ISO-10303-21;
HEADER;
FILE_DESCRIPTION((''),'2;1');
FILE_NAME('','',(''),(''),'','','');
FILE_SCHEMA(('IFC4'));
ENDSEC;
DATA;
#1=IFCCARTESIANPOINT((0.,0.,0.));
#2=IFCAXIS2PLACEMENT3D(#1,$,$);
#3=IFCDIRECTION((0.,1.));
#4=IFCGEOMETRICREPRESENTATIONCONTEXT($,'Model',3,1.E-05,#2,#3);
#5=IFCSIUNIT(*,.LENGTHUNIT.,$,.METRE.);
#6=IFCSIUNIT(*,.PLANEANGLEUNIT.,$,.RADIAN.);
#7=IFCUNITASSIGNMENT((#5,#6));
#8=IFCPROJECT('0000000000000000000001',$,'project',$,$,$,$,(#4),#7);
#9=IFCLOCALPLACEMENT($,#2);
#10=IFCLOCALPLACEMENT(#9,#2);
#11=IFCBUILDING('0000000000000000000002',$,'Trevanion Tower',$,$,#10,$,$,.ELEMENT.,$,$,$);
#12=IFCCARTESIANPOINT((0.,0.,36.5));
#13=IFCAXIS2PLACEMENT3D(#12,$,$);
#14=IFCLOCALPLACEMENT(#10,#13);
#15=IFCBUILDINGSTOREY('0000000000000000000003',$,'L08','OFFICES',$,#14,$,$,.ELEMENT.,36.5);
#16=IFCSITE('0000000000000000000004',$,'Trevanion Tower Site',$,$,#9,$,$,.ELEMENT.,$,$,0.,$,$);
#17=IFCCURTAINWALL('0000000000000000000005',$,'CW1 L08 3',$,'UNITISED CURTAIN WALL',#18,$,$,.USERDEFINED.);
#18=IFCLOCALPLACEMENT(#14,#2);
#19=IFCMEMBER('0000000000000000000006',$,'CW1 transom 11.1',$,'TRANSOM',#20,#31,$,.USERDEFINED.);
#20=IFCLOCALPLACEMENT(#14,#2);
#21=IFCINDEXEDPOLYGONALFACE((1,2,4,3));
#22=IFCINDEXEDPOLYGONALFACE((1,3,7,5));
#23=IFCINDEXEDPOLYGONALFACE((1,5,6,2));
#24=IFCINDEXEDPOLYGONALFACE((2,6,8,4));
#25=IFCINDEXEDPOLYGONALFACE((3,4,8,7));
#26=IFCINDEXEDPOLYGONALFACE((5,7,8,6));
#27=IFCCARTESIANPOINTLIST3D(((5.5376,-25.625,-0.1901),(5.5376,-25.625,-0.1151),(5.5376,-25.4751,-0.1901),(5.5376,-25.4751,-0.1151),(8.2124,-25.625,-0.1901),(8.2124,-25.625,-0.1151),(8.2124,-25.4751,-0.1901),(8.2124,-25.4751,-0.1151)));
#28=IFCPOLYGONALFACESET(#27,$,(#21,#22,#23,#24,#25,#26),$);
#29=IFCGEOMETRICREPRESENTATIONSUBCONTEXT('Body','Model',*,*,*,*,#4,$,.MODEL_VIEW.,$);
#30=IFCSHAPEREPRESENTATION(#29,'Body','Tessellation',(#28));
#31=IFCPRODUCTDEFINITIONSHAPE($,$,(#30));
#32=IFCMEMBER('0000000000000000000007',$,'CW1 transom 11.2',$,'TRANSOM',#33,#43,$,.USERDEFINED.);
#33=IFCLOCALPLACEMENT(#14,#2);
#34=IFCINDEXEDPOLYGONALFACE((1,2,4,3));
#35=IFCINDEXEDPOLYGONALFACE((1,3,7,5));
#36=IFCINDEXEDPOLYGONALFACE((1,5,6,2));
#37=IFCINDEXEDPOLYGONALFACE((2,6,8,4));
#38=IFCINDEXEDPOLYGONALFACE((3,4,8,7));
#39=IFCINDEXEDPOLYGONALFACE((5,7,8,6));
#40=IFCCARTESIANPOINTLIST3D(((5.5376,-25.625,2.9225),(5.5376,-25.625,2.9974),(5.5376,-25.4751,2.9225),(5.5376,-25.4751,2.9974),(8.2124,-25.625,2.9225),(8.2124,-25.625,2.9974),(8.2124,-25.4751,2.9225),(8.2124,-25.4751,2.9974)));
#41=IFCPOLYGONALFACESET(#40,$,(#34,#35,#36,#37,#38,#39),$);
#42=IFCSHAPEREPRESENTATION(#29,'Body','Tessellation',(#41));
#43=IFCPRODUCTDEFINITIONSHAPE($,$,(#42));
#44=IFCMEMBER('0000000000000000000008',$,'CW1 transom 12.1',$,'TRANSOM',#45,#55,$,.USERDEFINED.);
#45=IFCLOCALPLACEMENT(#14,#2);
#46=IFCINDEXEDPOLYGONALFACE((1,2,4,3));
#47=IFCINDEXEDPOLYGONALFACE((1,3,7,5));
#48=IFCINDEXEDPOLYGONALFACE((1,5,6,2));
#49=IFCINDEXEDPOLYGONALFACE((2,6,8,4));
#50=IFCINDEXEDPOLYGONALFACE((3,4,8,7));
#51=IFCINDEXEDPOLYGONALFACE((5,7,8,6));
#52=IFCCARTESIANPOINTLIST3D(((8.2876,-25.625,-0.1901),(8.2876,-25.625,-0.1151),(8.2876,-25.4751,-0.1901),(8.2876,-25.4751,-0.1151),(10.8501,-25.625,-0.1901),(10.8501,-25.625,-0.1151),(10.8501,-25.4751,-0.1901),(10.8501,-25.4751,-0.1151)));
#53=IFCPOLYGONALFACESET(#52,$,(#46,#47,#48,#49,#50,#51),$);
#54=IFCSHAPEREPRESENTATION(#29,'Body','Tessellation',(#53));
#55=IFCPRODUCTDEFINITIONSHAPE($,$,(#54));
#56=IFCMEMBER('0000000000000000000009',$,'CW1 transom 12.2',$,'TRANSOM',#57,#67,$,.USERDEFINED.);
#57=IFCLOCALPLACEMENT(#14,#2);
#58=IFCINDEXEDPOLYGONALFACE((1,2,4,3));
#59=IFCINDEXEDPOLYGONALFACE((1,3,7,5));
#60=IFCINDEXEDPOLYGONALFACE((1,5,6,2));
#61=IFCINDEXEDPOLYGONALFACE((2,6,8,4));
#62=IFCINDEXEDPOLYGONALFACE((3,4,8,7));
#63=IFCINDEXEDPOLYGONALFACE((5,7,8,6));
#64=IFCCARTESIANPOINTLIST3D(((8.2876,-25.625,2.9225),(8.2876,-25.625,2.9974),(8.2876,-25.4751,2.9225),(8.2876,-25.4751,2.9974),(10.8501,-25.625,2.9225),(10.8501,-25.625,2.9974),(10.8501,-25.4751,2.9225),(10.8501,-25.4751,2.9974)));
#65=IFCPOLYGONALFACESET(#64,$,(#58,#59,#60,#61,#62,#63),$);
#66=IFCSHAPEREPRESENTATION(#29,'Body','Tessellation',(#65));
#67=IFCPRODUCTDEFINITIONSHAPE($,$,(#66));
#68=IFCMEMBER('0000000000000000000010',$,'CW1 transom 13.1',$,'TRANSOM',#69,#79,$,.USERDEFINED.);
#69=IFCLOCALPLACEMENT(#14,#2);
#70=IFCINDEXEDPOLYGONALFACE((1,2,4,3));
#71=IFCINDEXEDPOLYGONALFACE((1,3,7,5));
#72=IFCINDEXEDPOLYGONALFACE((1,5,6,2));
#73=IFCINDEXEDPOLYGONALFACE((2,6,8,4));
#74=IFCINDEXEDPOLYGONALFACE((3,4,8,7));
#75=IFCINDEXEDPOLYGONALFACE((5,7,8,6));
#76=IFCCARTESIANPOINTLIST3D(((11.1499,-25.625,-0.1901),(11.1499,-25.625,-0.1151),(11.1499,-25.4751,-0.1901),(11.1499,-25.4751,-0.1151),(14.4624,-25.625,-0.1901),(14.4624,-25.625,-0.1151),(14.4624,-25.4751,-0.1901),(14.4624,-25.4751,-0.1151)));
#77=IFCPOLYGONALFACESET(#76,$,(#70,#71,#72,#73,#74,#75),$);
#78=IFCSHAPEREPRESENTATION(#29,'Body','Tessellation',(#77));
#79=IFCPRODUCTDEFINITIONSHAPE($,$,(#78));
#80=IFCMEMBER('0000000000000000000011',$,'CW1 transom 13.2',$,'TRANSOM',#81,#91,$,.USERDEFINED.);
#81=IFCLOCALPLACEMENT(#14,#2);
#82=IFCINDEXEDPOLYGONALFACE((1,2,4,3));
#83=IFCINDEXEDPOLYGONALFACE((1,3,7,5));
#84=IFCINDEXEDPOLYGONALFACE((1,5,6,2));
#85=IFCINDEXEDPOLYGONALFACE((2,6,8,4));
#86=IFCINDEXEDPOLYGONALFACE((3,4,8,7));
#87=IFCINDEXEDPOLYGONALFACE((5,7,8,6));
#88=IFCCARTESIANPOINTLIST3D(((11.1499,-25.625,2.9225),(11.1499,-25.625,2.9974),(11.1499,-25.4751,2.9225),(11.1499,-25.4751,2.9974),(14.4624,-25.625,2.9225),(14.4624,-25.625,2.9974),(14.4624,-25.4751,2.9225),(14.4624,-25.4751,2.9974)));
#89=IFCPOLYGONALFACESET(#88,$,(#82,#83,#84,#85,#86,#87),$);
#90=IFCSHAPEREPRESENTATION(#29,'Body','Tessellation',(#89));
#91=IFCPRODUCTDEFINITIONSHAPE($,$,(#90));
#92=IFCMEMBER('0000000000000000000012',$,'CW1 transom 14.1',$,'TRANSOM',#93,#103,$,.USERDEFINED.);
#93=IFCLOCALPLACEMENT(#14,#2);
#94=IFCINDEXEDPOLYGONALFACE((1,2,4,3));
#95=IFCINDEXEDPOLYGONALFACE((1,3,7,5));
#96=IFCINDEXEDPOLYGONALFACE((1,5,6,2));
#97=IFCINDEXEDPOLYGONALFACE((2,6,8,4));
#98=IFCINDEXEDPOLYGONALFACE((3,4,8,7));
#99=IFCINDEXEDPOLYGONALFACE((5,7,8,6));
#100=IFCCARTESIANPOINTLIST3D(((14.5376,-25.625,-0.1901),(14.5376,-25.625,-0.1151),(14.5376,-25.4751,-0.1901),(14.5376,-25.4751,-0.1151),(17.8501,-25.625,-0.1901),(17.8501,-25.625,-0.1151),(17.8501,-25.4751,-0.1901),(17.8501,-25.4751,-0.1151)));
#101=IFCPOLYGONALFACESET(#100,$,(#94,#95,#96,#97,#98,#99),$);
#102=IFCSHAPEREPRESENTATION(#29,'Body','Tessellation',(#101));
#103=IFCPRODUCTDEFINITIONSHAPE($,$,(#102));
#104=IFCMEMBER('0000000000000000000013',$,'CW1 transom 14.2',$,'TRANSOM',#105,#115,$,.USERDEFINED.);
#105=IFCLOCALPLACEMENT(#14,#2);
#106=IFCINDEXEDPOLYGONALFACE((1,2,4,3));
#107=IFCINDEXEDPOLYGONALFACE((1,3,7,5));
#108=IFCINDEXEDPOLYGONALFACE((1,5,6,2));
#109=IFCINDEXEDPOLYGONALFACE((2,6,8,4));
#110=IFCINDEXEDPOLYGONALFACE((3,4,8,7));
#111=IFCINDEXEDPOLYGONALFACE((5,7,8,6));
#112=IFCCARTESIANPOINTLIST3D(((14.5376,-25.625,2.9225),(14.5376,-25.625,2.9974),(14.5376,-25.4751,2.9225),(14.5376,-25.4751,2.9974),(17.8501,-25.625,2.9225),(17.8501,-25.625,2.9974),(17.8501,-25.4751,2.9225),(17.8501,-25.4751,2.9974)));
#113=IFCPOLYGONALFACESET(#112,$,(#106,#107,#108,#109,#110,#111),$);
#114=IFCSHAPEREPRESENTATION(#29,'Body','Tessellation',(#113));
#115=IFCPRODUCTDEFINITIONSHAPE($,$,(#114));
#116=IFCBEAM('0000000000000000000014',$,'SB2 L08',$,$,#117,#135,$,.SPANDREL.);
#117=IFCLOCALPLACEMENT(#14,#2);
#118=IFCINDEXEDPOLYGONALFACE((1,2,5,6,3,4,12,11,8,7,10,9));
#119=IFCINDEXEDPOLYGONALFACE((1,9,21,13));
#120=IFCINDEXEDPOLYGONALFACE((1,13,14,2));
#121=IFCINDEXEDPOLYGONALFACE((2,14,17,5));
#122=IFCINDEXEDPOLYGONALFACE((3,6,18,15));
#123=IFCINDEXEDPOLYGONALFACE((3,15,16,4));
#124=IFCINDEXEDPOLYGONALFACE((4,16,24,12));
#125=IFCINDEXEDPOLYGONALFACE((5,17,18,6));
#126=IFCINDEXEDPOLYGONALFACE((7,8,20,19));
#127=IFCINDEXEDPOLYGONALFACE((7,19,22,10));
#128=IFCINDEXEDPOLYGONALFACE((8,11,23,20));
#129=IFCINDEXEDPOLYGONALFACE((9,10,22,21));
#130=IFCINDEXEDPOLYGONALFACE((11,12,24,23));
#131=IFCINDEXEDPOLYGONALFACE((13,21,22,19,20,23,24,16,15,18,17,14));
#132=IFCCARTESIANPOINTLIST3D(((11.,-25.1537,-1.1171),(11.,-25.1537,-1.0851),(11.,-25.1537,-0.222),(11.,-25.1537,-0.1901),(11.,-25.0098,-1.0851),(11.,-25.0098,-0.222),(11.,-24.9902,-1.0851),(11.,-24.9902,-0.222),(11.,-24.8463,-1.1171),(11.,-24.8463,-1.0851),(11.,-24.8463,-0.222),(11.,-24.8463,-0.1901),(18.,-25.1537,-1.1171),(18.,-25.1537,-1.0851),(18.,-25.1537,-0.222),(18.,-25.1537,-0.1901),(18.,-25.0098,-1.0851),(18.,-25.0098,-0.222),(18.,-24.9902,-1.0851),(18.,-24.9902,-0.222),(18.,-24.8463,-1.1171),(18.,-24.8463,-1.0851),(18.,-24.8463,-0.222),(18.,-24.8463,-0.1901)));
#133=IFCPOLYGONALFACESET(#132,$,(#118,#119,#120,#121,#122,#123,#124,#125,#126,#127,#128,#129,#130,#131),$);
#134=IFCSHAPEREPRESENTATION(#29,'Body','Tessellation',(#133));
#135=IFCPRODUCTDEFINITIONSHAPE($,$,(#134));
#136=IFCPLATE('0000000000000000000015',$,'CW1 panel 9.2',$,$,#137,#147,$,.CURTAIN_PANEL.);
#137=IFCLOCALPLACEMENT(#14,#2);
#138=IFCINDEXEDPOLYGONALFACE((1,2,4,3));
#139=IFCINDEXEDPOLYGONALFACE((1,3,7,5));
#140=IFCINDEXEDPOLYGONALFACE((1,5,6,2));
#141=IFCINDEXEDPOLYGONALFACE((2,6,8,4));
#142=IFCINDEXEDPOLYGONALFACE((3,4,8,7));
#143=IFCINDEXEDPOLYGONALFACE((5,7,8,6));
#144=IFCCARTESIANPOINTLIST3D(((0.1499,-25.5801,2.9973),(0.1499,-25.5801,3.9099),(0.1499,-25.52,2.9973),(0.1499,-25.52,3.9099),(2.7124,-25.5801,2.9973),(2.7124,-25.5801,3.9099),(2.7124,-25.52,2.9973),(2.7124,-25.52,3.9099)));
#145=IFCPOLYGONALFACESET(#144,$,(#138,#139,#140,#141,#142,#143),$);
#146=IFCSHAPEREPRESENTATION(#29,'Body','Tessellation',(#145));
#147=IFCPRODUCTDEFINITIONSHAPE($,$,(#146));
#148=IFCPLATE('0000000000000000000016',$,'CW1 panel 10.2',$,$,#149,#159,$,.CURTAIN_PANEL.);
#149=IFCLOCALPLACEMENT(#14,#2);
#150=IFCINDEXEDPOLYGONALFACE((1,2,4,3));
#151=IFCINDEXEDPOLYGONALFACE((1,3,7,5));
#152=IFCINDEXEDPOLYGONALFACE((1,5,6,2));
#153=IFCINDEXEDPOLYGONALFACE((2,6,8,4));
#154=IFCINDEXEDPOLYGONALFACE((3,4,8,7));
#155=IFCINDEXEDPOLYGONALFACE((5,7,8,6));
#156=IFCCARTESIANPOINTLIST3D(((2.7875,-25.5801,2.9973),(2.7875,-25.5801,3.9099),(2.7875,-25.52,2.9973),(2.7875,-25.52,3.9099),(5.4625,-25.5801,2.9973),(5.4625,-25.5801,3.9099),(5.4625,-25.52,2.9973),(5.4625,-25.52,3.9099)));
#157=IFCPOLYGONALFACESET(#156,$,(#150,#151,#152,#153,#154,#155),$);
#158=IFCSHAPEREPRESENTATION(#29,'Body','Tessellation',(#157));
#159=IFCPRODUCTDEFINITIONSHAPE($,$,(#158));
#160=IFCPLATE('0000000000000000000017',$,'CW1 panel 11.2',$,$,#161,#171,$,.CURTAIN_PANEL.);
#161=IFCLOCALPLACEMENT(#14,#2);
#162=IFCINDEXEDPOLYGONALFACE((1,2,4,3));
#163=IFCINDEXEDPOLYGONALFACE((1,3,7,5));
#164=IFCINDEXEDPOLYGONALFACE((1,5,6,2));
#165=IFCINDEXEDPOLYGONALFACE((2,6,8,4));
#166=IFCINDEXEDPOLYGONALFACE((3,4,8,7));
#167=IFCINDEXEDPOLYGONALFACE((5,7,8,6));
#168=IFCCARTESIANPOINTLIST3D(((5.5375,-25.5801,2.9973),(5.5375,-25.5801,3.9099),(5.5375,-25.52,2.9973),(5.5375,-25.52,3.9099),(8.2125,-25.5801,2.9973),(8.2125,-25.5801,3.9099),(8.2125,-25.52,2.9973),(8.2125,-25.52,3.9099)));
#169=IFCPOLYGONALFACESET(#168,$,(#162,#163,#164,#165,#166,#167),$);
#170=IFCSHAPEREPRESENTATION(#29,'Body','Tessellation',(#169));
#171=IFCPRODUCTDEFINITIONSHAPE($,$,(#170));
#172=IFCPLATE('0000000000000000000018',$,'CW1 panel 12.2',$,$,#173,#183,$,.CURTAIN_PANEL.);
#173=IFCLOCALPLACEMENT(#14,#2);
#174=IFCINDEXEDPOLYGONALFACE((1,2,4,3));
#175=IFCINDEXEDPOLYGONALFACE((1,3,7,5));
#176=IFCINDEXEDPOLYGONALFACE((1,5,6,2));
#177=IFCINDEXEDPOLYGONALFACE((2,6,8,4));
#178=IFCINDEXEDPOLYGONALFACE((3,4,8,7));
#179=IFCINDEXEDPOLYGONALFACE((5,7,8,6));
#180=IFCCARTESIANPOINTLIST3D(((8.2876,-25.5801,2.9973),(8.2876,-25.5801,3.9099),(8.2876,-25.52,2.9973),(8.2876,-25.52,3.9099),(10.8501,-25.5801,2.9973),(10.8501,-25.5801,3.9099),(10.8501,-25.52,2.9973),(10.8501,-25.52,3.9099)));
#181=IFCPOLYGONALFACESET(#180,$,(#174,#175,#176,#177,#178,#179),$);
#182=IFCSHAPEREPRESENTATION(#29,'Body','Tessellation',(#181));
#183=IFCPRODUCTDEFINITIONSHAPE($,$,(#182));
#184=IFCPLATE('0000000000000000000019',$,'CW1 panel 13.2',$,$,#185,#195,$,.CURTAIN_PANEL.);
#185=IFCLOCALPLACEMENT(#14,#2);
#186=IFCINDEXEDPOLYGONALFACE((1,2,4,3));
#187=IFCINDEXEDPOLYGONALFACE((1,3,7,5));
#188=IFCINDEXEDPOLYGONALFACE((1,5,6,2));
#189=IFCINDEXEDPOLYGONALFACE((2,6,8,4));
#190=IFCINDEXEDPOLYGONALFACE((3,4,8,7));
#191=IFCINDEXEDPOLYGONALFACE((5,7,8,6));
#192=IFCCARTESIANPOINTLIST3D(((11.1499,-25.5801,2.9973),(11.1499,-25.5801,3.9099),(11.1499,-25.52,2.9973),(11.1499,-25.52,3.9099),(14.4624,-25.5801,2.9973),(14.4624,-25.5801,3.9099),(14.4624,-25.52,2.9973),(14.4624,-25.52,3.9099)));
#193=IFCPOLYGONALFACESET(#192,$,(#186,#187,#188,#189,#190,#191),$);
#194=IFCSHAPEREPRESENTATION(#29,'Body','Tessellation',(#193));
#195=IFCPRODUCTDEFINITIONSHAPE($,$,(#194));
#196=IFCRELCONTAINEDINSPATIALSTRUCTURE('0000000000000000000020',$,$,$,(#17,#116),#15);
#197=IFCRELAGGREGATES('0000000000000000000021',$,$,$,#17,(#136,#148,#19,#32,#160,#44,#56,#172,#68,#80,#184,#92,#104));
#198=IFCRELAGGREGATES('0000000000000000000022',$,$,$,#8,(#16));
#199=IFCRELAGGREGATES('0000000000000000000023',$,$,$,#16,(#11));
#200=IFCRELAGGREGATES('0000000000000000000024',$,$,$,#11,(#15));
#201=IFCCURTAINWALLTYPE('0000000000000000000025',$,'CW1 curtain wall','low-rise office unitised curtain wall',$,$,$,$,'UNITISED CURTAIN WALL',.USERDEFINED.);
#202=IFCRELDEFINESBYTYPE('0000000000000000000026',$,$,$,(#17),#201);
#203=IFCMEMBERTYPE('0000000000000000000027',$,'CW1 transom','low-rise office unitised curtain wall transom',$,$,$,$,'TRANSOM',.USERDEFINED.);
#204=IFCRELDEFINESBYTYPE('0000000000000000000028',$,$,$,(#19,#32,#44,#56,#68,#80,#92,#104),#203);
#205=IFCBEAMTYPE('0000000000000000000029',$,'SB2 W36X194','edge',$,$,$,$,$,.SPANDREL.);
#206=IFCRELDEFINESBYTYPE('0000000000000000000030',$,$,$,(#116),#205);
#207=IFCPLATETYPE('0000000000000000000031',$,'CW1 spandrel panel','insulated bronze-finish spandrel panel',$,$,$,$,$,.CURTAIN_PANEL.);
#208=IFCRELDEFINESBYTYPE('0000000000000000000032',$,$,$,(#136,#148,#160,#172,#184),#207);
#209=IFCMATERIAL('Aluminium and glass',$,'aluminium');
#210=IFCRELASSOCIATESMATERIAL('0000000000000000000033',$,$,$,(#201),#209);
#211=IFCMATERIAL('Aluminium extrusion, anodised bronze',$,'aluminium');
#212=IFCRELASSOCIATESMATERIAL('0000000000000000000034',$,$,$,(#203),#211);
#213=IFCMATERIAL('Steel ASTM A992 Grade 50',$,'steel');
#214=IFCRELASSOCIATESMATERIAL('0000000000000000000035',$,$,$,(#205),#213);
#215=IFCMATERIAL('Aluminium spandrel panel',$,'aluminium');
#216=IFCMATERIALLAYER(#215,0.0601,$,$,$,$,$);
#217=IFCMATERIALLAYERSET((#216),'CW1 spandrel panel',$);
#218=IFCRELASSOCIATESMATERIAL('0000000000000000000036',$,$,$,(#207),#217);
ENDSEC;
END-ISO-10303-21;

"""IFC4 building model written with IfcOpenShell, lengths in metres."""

from ifc_helpers import new_model, si_unit, direction, frame, origin, origin_2d, place, context, subcontext, project, spatial, rectangle, i_section, extrude, material, layer, layer_set, material_profile, profile_set, type_object, element, aggregate, save


model = new_model("IFC4")

# Units and contexts
model_context = context("Model", 3, precision=1e-05, world=origin(), true_north=direction((0.0, 1.0)))
body_context = subcontext(model_context, "Body", "Model", "MODEL_VIEW")
ifc_project = project(units=[si_unit("LENGTHUNIT", "METRE"), si_unit("PLANEANGLEUNIT", "RADIAN")], contexts=[model_context])

# Site, building, storey
site_placement = place(None, origin())
site = spatial("IfcSite", under=ifc_project, at=site_placement, Name="Trevanion Tower Site", CompositionType="ELEMENT", RefElevation=0.0)
building_placement = place(site_placement, origin())
building = spatial("IfcBuilding", under=site, at=building_placement, Name="Trevanion Tower", CompositionType="ELEMENT")
storey_placement = place(building_placement, frame((0.0, 0.0, 36.5)))
storey = spatial("IfcBuildingStorey", under=building, at=storey_placement, Name="L08", Description="OFFICES", CompositionType="ELEMENT", Elevation=36.5)

# Curtain wall, members
ifc_material_1 = material(Name="Aluminium and glass", Category="aluminium")
curtain_wall_type = type_object("IfcCurtainWallType", Name="CW1 curtain wall", Description="low-rise office unitised curtain wall", ElementType="UNITISED CURTAIN WALL", PredefinedType="USERDEFINED", material=ifc_material_1)
curtain_wall_placement = place(storey_placement, origin())
curtain_wall = element("IfcCurtainWall", 1, at=curtain_wall_placement, inside=storey, type_object=curtain_wall_type, Name="CW1 L08 3", ObjectType="UNITISED CURTAIN WALL", PredefinedType="USERDEFINED")
ifc_material_2 = material(Name="Aluminium extrusion, anodised bronze", Category="aluminium")
ifc_material_profile_1 = material_profile(ifc_material_2, rectangle(XDim=0.1499, YDim=0.075, at=origin_2d()), Name="CW1 transom")
ifc_profile_set_1 = profile_set([ifc_material_profile_1], Name="Aluminium extrusion, anodised bronze")
member_type_1 = type_object("IfcMemberType", Name="CW1 transom", Description="low-rise office unitised curtain wall transom", ElementType="TRANSOM", PredefinedType="USERDEFINED", material=ifc_profile_set_1)
member_1_placement = place(storey_placement, frame((5.5376, -25.55, -0.1526), z_axis=(1.0, 0.0, 0.0), x_axis=(0.0, 1.0, 0.0)))
member_1 = element("IfcMember", 2, at=member_1_placement, type_object=member_type_1, Name="CW1 transom 11.1", ObjectType="TRANSOM", PredefinedType="USERDEFINED", context=body_context, shape_type="SweptSolid", body=[
    extrude(rectangle(XDim=0.1499, YDim=0.075, at=origin_2d()), origin(), (0.0, 0.0, 1.0), 2.6748),
])
member_2_placement = place(storey_placement, frame((5.5376, -25.55, 2.96), z_axis=(1.0, 0.0, 0.0), x_axis=(0.0, 1.0, 0.0)))
member_2 = element("IfcMember", 3, at=member_2_placement, type_object=member_type_1, Name="CW1 transom 11.2", ObjectType="TRANSOM", PredefinedType="USERDEFINED", context=body_context, shape_type="SweptSolid", body=[
    extrude(rectangle(XDim=0.1499, YDim=0.075, at=origin_2d()), origin(), (0.0, 0.0, 1.0), 2.6748),
])
member_3_placement = place(storey_placement, frame((8.2876, -25.55, -0.1526), z_axis=(1.0, 0.0, 0.0), x_axis=(0.0, 1.0, 0.0)))
member_3 = element("IfcMember", 4, at=member_3_placement, type_object=member_type_1, Name="CW1 transom 12.1", ObjectType="TRANSOM", PredefinedType="USERDEFINED", context=body_context, shape_type="SweptSolid", body=[
    extrude(rectangle(XDim=0.1499, YDim=0.075, at=origin_2d()), origin(), (0.0, 0.0, 1.0), 2.5625),
])
member_4_placement = place(storey_placement, frame((8.2876, -25.55, 2.96), z_axis=(1.0, 0.0, 0.0), x_axis=(0.0, 1.0, 0.0)))
member_4 = element("IfcMember", 5, at=member_4_placement, type_object=member_type_1, Name="CW1 transom 12.2", ObjectType="TRANSOM", PredefinedType="USERDEFINED", context=body_context, shape_type="SweptSolid", body=[
    extrude(rectangle(XDim=0.1499, YDim=0.075, at=origin_2d()), origin(), (0.0, 0.0, 1.0), 2.5625),
])
member_5_placement = place(storey_placement, frame((11.1499, -25.55, -0.1526), z_axis=(1.0, 0.0, 0.0), x_axis=(0.0, 1.0, 0.0)))
member_5 = element("IfcMember", 6, at=member_5_placement, type_object=member_type_1, Name="CW1 transom 13.1", ObjectType="TRANSOM", PredefinedType="USERDEFINED", context=body_context, shape_type="SweptSolid", body=[
    extrude(rectangle(XDim=0.1499, YDim=0.075, at=origin_2d()), origin(), (0.0, 0.0, 1.0), 3.3125),
])
member_6_placement = place(storey_placement, frame((11.1499, -25.55, 2.96), z_axis=(1.0, 0.0, 0.0), x_axis=(0.0, 1.0, 0.0)))
member_6 = element("IfcMember", 7, at=member_6_placement, type_object=member_type_1, Name="CW1 transom 13.2", ObjectType="TRANSOM", PredefinedType="USERDEFINED", context=body_context, shape_type="SweptSolid", body=[
    extrude(rectangle(XDim=0.1499, YDim=0.075, at=origin_2d()), origin(), (0.0, 0.0, 1.0), 3.3125),
])
member_7_placement = place(storey_placement, frame((14.5376, -25.55, -0.1526), z_axis=(1.0, 0.0, 0.0), x_axis=(0.0, 1.0, 0.0)))
member_7 = element("IfcMember", 8, at=member_7_placement, type_object=member_type_1, Name="CW1 transom 14.1", ObjectType="TRANSOM", PredefinedType="USERDEFINED", context=body_context, shape_type="SweptSolid", body=[
    extrude(rectangle(XDim=0.1499, YDim=0.075, at=origin_2d()), origin(), (0.0, 0.0, 1.0), 3.3125),
])
member_8_placement = place(storey_placement, frame((14.5376, -25.55, 2.96), z_axis=(1.0, 0.0, 0.0), x_axis=(0.0, 1.0, 0.0)))
member_8 = element("IfcMember", 9, at=member_8_placement, type_object=member_type_1, Name="CW1 transom 14.2", ObjectType="TRANSOM", PredefinedType="USERDEFINED", context=body_context, shape_type="SweptSolid", body=[
    extrude(rectangle(XDim=0.1499, YDim=0.075, at=origin_2d()), origin(), (0.0, 0.0, 1.0), 3.3125),
])

# Beam
ifc_material_3 = material(Name="Steel ASTM A992 Grade 50", Category="steel")
ifc_material_profile_2 = material_profile(ifc_material_3, i_section(OverallWidth=0.3074, OverallDepth=0.927, WebThickness=0.0195, FlangeThickness=0.032, at=origin_2d()), Name="W36X194")
ifc_profile_set_2 = profile_set([ifc_material_profile_2], Name="Steel ASTM A992 Grade 50")
beam_type_1 = type_object("IfcBeamType", Name="SB2 W36X194", Description="edge", PredefinedType="SPANDREL", material=ifc_profile_set_2)
beam_placement = place(storey_placement, frame((11.0, -25.0, -0.6536), z_axis=(1.0, 0.0, 0.0), x_axis=(0.0, 1.0, 0.0)))
element("IfcBeam", 10, at=beam_placement, inside=storey, type_object=beam_type_1, Name="SB2 L08", PredefinedType="SPANDREL", context=body_context, shape_type="SweptSolid", body=[
    extrude(i_section(OverallWidth=0.3074, OverallDepth=0.927, WebThickness=0.0195, FlangeThickness=0.032, at=origin_2d()), origin(), (0.0, 0.0, 1.0), 7.0),
])

# Plates
ifc_material_4 = material(Name="Aluminium spandrel panel", Category="aluminium")
ifc_layer_1 = layer(ifc_material_4, 0.0601)
ifc_layer_set_1 = layer_set([ifc_layer_1], Name="CW1 spandrel panel")
plate_type_1 = type_object("IfcPlateType", Name="CW1 spandrel panel", Description="insulated bronze-finish spandrel panel", PredefinedType="CURTAIN_PANEL", material=ifc_layer_set_1)
plate_1_placement = place(storey_placement, frame((1.4312, -25.55, 2.9973), z_axis=(0.0, 0.0, 1.0), x_axis=(1.0, 0.0, 0.0)))
plate_1 = element("IfcPlate", 11, at=plate_1_placement, type_object=plate_type_1, Name="CW1 panel 9.2", PredefinedType="CURTAIN_PANEL", context=body_context, shape_type="SweptSolid", body=[
    extrude(rectangle(XDim=2.5625, YDim=0.0601, at=origin_2d()), origin(), (0.0, 0.0, 1.0), 0.9126),
])
plate_2_placement = place(storey_placement, frame((4.125, -25.55, 2.9973), z_axis=(0.0, 0.0, 1.0), x_axis=(1.0, 0.0, 0.0)))
plate_2 = element("IfcPlate", 12, at=plate_2_placement, type_object=plate_type_1, Name="CW1 panel 10.2", PredefinedType="CURTAIN_PANEL", context=body_context, shape_type="SweptSolid", body=[
    extrude(rectangle(XDim=2.675, YDim=0.0601, at=origin_2d()), origin(), (0.0, 0.0, 1.0), 0.9126),
])
plate_3_placement = place(storey_placement, frame((6.875, -25.55, 2.9973), z_axis=(0.0, 0.0, 1.0), x_axis=(1.0, 0.0, 0.0)))
plate_3 = element("IfcPlate", 13, at=plate_3_placement, type_object=plate_type_1, Name="CW1 panel 11.2", PredefinedType="CURTAIN_PANEL", context=body_context, shape_type="SweptSolid", body=[
    extrude(rectangle(XDim=2.675, YDim=0.0601, at=origin_2d()), origin(), (0.0, 0.0, 1.0), 0.9126),
])
plate_4_placement = place(storey_placement, frame((9.5688, -25.55, 2.9973), z_axis=(0.0, 0.0, 1.0), x_axis=(1.0, 0.0, 0.0)))
plate_4 = element("IfcPlate", 14, at=plate_4_placement, type_object=plate_type_1, Name="CW1 panel 12.2", PredefinedType="CURTAIN_PANEL", context=body_context, shape_type="SweptSolid", body=[
    extrude(rectangle(XDim=2.5625, YDim=0.0601, at=origin_2d()), origin(), (0.0, 0.0, 1.0), 0.9126),
])
plate_5_placement = place(storey_placement, frame((12.8062, -25.55, 2.9973), z_axis=(0.0, 0.0, 1.0), x_axis=(1.0, 0.0, 0.0)))
plate_5 = element("IfcPlate", 15, at=plate_5_placement, type_object=plate_type_1, Name="CW1 panel 13.2", PredefinedType="CURTAIN_PANEL", context=body_context, shape_type="SweptSolid", body=[
    extrude(rectangle(XDim=3.3125, YDim=0.0601, at=origin_2d()), origin(), (0.0, 0.0, 1.0), 0.9126),
])
aggregate(curtain_wall, [plate_1, plate_2, member_1, member_2, plate_3, member_3, member_4, plate_4, member_5, member_6, plate_5, member_7, member_8])

save(model, "model.ifc")
